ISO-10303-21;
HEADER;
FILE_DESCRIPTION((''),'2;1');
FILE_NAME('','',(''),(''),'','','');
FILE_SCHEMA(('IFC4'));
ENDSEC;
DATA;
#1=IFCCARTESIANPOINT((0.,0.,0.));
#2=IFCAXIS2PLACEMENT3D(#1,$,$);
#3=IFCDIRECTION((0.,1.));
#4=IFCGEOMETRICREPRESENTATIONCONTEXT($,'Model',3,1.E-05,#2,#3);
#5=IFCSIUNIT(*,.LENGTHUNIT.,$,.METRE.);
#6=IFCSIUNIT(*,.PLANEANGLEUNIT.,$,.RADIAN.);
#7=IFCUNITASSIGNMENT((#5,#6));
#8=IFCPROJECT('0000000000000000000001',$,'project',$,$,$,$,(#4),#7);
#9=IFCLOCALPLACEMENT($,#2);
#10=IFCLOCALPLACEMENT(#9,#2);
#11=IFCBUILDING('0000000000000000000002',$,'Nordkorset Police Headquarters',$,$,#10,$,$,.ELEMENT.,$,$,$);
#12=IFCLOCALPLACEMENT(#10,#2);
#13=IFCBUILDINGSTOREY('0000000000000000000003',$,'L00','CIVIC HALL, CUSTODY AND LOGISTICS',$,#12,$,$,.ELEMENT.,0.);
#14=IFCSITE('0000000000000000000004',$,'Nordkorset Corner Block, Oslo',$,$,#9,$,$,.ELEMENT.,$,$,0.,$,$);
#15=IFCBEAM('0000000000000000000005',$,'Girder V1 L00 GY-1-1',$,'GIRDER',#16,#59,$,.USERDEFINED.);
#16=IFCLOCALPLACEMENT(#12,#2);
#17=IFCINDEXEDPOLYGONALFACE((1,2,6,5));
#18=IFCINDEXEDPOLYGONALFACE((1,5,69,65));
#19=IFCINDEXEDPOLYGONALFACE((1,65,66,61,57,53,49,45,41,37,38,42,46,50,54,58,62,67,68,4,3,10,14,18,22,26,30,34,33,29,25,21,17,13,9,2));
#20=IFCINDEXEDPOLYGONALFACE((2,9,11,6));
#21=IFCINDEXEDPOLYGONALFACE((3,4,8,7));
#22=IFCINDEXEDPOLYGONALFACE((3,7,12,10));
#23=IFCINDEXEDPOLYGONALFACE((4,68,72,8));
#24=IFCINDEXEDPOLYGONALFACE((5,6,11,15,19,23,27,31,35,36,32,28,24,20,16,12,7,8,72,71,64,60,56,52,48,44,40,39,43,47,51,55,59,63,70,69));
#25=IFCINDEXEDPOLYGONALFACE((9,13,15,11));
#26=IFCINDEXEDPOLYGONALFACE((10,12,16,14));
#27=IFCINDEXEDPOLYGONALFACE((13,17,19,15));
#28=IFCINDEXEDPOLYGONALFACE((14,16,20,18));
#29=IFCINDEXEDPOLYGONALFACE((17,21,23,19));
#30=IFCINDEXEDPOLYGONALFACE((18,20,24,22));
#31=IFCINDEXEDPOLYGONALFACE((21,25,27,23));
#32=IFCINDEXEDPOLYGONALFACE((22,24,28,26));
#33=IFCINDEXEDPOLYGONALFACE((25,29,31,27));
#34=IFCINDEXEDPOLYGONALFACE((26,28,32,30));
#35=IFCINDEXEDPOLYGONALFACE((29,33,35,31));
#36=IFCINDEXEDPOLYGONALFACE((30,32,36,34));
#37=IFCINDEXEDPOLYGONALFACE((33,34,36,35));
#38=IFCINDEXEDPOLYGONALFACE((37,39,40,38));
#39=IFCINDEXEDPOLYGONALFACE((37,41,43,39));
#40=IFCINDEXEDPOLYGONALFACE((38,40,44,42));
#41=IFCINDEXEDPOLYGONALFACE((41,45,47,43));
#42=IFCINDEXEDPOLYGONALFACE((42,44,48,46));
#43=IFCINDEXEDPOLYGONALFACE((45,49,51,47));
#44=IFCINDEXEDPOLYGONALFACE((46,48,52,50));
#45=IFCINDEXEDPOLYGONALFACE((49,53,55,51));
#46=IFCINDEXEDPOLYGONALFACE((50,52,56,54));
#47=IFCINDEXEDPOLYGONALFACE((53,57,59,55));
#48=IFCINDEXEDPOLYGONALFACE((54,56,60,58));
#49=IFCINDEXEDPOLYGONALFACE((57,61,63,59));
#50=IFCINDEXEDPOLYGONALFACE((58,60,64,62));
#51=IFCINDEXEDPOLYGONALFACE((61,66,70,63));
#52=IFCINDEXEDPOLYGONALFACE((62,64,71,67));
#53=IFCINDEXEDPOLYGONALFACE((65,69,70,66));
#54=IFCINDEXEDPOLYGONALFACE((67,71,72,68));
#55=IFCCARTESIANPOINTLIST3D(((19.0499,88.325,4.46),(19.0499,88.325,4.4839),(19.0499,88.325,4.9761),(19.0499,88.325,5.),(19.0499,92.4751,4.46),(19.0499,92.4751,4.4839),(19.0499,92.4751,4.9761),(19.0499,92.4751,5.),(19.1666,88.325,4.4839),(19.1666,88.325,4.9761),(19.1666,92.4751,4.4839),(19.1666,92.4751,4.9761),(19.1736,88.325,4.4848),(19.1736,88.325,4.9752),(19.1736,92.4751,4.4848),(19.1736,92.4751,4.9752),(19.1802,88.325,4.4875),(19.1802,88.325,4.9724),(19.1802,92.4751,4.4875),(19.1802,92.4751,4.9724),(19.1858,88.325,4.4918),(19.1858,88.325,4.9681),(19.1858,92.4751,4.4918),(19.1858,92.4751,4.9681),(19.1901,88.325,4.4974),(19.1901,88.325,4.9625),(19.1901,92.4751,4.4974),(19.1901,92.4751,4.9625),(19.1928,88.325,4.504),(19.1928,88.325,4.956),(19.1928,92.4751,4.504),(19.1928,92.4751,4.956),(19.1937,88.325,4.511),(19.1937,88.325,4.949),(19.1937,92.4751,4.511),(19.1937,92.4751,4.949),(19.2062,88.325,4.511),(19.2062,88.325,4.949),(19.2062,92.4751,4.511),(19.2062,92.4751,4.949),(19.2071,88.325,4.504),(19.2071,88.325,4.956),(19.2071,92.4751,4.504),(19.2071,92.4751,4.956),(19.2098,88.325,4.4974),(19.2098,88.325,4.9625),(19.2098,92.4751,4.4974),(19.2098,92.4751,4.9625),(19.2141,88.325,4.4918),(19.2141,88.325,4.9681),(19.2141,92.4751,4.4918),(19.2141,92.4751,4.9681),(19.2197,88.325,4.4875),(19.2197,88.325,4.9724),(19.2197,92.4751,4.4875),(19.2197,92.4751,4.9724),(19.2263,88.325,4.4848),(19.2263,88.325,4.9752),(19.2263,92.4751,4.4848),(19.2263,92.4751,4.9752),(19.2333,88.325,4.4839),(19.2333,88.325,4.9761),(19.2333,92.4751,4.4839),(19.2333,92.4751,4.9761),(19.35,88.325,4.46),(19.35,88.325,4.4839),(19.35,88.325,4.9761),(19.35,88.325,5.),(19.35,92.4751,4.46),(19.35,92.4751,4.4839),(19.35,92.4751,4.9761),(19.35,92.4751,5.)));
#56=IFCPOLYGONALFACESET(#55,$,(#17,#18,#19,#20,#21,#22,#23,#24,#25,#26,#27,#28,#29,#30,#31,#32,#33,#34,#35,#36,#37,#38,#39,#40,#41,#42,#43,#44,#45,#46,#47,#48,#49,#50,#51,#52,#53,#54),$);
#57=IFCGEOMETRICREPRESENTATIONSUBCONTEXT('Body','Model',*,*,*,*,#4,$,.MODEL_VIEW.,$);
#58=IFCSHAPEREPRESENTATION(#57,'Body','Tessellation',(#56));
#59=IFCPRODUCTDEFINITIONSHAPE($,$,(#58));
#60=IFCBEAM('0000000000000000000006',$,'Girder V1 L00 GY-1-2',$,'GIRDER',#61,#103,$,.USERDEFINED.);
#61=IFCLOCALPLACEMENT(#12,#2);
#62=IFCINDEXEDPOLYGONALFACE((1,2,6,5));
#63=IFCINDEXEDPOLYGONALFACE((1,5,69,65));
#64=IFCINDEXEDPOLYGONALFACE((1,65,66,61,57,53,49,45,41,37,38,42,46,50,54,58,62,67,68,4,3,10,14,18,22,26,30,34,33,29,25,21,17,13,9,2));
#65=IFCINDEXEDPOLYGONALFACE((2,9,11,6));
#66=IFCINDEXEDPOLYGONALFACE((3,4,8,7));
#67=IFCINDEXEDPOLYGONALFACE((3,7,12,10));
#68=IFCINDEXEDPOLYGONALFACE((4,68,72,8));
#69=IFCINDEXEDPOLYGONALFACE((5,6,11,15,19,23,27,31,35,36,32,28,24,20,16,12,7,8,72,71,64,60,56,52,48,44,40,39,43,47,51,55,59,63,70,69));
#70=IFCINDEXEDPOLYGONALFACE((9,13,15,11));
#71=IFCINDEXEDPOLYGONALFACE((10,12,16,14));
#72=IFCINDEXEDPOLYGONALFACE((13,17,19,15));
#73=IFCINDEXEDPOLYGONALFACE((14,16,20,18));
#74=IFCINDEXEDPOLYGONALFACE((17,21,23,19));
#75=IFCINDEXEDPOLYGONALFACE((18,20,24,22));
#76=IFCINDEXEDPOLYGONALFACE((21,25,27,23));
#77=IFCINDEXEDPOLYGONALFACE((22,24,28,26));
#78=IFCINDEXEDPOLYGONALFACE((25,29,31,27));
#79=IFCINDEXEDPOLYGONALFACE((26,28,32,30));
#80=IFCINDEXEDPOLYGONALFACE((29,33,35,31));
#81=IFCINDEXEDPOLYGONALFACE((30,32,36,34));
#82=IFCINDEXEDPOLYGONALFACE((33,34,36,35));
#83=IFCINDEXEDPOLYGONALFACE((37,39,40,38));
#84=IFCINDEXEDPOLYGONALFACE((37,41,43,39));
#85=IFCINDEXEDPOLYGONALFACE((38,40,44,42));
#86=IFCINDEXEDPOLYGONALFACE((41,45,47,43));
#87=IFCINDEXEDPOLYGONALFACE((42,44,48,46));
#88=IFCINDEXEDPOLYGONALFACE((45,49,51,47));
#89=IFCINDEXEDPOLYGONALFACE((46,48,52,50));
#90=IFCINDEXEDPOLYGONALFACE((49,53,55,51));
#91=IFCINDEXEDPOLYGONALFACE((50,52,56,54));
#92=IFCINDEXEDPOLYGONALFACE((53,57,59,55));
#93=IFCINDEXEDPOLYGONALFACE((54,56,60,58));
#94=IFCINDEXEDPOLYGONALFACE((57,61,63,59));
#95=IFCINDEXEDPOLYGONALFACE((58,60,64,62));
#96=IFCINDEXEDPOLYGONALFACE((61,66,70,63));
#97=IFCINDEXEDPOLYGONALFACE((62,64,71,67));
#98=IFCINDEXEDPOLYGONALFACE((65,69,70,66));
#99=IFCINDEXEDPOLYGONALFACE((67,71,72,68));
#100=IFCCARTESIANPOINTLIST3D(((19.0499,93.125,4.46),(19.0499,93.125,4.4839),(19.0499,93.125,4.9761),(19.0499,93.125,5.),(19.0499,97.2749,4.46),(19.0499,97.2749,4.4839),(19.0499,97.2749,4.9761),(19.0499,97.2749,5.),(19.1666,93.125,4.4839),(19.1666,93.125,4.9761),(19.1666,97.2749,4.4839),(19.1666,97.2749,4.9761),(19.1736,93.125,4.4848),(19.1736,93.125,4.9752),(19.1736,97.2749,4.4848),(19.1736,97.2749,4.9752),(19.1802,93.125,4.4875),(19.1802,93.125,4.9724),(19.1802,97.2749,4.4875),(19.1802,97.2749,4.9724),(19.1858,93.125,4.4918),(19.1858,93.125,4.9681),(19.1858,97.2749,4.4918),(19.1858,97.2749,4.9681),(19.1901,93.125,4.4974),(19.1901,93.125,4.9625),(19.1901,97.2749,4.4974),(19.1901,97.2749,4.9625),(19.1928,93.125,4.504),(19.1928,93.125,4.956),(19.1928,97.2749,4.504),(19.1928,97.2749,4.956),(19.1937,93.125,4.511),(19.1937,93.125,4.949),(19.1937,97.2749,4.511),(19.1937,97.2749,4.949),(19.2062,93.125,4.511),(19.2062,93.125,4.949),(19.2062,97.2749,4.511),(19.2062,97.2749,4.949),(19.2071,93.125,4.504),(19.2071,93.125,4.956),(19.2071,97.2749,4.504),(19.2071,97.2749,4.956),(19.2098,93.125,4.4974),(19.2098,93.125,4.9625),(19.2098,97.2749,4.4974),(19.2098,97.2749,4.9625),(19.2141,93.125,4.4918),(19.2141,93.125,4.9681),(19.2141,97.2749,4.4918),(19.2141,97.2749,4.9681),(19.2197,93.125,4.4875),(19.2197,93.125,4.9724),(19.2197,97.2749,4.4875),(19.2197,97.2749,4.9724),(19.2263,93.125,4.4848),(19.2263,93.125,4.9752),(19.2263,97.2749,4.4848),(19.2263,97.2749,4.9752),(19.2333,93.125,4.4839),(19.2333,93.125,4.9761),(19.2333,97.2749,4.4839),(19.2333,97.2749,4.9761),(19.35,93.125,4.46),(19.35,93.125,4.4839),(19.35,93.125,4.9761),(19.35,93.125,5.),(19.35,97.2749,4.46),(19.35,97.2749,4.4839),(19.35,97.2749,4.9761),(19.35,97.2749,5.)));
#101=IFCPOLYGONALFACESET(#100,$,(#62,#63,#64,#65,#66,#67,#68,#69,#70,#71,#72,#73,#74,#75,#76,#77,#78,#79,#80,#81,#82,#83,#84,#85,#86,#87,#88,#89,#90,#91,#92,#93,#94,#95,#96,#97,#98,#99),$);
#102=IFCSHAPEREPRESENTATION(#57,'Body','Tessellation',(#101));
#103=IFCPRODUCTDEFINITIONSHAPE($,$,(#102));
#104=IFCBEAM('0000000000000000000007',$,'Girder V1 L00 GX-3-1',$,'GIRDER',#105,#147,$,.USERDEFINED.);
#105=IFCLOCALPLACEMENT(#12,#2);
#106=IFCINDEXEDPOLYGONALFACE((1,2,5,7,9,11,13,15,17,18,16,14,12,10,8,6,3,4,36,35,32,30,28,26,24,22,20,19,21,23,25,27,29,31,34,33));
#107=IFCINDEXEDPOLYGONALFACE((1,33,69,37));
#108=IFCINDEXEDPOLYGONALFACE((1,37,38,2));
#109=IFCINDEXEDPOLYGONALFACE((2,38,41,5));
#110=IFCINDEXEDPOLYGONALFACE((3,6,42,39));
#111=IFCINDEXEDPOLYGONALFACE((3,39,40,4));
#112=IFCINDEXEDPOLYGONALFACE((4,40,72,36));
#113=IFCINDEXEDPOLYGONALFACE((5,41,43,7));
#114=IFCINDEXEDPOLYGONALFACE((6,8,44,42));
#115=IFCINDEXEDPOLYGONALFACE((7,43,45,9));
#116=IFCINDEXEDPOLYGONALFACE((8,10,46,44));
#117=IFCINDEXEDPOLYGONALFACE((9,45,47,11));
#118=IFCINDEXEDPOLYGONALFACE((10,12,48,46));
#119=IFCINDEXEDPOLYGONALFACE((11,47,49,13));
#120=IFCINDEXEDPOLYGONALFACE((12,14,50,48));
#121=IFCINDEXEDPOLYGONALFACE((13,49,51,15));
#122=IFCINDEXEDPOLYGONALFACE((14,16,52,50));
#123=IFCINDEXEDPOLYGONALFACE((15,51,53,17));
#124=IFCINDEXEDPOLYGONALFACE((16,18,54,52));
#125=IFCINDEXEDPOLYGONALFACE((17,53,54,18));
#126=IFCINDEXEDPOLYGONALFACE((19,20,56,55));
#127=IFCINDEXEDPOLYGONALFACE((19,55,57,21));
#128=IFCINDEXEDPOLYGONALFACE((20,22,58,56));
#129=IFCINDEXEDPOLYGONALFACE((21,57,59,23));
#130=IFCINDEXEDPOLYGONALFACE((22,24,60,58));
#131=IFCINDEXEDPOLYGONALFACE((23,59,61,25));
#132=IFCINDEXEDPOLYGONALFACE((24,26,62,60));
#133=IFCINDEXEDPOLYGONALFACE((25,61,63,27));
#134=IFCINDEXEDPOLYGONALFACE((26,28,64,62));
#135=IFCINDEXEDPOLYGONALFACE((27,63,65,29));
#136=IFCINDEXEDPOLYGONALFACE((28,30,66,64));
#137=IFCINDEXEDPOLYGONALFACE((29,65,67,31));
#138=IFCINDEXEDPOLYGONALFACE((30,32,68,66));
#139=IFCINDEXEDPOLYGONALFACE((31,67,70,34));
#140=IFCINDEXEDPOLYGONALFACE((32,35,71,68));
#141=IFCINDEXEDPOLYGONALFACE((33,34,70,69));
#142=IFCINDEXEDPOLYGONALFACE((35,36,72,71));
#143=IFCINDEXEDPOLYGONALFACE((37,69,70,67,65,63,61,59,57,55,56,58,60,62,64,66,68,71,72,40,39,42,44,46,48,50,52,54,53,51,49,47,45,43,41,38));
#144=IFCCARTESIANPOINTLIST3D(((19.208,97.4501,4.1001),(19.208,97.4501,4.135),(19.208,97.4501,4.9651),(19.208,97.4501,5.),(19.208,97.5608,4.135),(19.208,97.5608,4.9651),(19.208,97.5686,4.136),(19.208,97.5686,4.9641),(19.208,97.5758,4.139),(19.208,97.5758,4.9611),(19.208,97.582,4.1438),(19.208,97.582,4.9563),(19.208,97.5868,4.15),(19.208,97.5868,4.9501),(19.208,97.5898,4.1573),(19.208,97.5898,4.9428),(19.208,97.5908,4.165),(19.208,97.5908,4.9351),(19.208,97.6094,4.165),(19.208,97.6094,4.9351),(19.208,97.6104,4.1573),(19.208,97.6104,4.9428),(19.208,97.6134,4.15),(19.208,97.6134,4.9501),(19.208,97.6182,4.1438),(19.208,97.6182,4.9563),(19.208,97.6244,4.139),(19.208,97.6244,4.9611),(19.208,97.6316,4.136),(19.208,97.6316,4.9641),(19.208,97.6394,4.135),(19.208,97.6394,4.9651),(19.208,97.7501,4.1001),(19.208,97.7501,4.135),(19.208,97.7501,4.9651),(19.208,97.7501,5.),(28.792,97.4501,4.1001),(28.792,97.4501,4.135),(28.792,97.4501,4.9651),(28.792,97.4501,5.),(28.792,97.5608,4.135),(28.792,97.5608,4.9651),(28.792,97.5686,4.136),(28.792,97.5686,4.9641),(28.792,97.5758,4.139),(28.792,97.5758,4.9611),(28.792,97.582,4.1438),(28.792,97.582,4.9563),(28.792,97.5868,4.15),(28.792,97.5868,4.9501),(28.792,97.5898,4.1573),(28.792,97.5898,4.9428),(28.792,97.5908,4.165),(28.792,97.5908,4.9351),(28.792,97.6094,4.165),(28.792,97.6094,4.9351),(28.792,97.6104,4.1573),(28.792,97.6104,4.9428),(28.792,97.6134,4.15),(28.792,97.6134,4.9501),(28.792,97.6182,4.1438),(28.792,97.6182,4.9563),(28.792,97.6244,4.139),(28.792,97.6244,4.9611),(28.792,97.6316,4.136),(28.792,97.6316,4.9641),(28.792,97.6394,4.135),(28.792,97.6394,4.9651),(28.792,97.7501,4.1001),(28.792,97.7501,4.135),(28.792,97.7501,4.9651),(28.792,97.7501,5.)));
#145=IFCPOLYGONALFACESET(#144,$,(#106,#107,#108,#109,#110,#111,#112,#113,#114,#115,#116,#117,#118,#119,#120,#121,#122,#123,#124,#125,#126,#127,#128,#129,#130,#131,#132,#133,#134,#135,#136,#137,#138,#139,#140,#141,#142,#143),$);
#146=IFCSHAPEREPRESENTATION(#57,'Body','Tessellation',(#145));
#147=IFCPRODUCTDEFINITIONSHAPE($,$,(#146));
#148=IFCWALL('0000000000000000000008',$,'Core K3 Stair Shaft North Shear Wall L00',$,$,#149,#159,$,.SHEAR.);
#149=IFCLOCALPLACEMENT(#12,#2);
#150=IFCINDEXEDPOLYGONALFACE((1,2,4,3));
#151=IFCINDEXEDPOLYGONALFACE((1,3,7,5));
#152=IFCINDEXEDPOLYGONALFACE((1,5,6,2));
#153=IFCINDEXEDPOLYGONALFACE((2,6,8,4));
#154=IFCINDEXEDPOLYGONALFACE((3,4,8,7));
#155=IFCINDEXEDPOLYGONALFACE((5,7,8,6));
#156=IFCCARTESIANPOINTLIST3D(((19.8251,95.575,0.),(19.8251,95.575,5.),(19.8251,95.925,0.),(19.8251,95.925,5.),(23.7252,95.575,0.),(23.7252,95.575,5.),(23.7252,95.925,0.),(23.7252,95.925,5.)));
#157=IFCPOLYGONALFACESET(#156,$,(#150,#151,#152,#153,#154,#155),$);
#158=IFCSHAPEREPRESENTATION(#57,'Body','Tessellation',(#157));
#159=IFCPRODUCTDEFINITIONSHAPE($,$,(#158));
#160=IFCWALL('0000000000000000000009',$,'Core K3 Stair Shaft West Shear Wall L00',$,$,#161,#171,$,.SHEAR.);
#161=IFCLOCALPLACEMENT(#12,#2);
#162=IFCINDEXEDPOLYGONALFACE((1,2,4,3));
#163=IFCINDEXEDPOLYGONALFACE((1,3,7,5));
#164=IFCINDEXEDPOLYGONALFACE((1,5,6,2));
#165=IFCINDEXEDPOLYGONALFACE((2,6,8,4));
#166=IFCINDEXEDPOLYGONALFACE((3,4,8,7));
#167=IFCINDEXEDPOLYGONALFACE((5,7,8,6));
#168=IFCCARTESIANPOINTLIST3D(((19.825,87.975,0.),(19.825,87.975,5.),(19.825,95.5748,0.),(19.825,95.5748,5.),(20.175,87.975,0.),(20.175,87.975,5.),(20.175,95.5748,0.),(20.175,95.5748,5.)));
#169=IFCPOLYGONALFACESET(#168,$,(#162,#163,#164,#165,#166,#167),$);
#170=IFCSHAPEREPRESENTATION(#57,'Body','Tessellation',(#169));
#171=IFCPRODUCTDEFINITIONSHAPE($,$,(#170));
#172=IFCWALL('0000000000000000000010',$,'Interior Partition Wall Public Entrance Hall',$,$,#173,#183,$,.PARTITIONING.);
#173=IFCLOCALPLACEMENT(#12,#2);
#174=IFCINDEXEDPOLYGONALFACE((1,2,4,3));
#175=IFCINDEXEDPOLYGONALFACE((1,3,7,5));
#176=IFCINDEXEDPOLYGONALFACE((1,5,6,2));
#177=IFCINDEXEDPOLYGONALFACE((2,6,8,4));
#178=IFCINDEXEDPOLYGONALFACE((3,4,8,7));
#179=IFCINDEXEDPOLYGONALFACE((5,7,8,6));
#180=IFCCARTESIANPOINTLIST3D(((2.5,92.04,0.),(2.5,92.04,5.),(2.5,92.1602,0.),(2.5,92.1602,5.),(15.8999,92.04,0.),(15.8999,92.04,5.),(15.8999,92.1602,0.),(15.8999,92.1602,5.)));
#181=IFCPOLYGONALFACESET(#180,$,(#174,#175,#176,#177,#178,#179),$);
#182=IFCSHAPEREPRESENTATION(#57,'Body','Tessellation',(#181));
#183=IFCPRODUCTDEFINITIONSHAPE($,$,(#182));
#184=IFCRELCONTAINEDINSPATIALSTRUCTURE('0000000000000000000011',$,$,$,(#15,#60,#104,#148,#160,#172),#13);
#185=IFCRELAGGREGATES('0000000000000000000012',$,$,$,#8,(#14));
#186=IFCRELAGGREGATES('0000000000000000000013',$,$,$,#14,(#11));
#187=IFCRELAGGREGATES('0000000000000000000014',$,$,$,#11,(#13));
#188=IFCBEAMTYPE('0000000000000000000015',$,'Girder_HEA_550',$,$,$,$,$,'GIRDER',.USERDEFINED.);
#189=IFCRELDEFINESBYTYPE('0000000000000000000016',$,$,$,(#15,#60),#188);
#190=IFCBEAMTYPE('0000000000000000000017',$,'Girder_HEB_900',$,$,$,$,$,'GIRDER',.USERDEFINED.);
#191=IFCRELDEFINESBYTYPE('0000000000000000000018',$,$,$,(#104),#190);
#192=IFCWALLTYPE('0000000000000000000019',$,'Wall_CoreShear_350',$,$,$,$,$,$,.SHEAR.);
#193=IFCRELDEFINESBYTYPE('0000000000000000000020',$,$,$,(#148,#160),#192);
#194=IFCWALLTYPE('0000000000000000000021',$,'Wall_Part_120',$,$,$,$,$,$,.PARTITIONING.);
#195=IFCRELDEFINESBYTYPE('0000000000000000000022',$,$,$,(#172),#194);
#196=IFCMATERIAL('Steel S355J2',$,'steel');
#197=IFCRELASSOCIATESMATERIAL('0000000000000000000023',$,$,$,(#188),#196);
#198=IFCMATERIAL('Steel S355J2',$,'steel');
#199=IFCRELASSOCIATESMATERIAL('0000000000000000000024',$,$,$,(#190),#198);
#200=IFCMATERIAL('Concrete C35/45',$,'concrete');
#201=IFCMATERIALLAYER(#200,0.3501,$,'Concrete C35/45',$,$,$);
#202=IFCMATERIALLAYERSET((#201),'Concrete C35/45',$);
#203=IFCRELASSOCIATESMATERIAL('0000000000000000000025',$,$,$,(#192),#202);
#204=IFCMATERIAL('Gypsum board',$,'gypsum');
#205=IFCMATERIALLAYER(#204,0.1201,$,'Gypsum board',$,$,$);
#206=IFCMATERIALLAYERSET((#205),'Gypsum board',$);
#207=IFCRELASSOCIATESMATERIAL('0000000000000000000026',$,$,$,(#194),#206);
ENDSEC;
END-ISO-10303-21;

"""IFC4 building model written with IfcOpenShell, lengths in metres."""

from ifc_helpers import new_model, si_unit, direction, frame, frame_2d, origin, origin_2d, place, context, subcontext, project, spatial, rectangle, i_section, extrude, material, layer, layer_set, material_profile, profile_set, type_object, element, save


model = new_model("IFC4")

# Units and contexts
model_context = context("Model", 3, precision=1e-05, world=origin(), true_north=direction((0.0, 1.0)))
body_context = subcontext(model_context, "Body", "Model", "MODEL_VIEW")
ifc_project = project(units=[si_unit("LENGTHUNIT", "METRE"), si_unit("PLANEANGLEUNIT", "RADIAN")], contexts=[model_context])

# Site, building, storey
site_placement = place(None, origin())
site = spatial("IfcSite", under=ifc_project, at=site_placement, Name="Nordkorset Corner Block, Oslo", CompositionType="ELEMENT", RefElevation=0.0)
building_placement = place(site_placement, origin())
building = spatial("IfcBuilding", under=site, at=building_placement, Name="Nordkorset Police Headquarters", CompositionType="ELEMENT")
storey_placement = place(building_placement, origin())
storey = spatial("IfcBuildingStorey", under=building, at=storey_placement, Name="L00", Description="CIVIC HALL, CUSTODY AND LOGISTICS", CompositionType="ELEMENT", Elevation=0.0)

# Beams
ifc_material_1 = material(Name="Steel S355J2", Category="steel")
ifc_material_profile_1 = material_profile(ifc_material_1, i_section(OverallWidth=0.3, OverallDepth=0.54, WebThickness=0.0125, FlangeThickness=0.0239, FilletRadius=0.0271, at=origin_2d()), Name="HEA 550")
ifc_profile_set_1 = profile_set([ifc_material_profile_1], Name="Steel S355J2")
beam_type_1 = type_object("IfcBeamType", Name="Girder_HEA_550", ElementType="GIRDER", PredefinedType="USERDEFINED", material=ifc_profile_set_1)
beam_1_placement = place(storey_placement, frame((19.2, 88.325, 4.73), z_axis=(0.0, 1.0, 0.0), x_axis=(-1.0, 0.0, 0.0)))
element("IfcBeam", 1, at=beam_1_placement, inside=storey, type_object=beam_type_1, Name="Girder V1 L00 GY-1-1", ObjectType="GIRDER", PredefinedType="USERDEFINED", context=body_context, shape_type="SweptSolid", body=[
    extrude(i_section(OverallWidth=0.3, OverallDepth=0.54, WebThickness=0.0125, FlangeThickness=0.0239, FilletRadius=0.0271, at=origin_2d()), origin(), (0.0, 0.0, 1.0), 4.1501),
])
beam_2_placement = place(storey_placement, frame((19.2, 93.125, 4.73), z_axis=(0.0, 1.0, 0.0), x_axis=(-1.0, 0.0, 0.0)))
element("IfcBeam", 2, at=beam_2_placement, inside=storey, type_object=beam_type_1, Name="Girder V1 L00 GY-1-2", ObjectType="GIRDER", PredefinedType="USERDEFINED", context=body_context, shape_type="SweptSolid", body=[
    extrude(i_section(OverallWidth=0.3, OverallDepth=0.54, WebThickness=0.0125, FlangeThickness=0.0239, FilletRadius=0.0271, at=origin_2d()), origin(), (0.0, 0.0, 1.0), 4.1499),
])
ifc_material_2 = material(Name="Steel S355J2", Category="steel")
ifc_material_profile_2 = material_profile(ifc_material_2, i_section(OverallWidth=0.3, OverallDepth=0.8999, WebThickness=0.0186, FlangeThickness=0.0349, FilletRadius=0.03, at=origin_2d()), Name="HEB 900")
ifc_profile_set_2 = profile_set([ifc_material_profile_2], Name="Steel S355J2")
beam_type_2 = type_object("IfcBeamType", Name="Girder_HEB_900", ElementType="GIRDER", PredefinedType="USERDEFINED", material=ifc_profile_set_2)
beam_3_placement = place(storey_placement, frame((19.208, 97.6001, 4.55), z_axis=(1.0, 0.0, 0.0), x_axis=(0.0, 1.0, 0.0)))
element("IfcBeam", 3, at=beam_3_placement, inside=storey, type_object=beam_type_2, Name="Girder V1 L00 GX-3-1", ObjectType="GIRDER", PredefinedType="USERDEFINED", context=body_context, shape_type="SweptSolid", body=[
    extrude(i_section(OverallWidth=0.3, OverallDepth=0.8999, WebThickness=0.0186, FlangeThickness=0.0349, FilletRadius=0.03, at=origin_2d()), origin(), (0.0, 0.0, 1.0), 9.584),
])

# Shared definitions
ifc_material_3 = material(Name="Concrete C35/45", Category="concrete")
ifc_layer_1 = layer(ifc_material_3, 0.3501, Name="Concrete C35/45")
ifc_layer_set_1 = layer_set([ifc_layer_1], Name="Concrete C35/45")
wall_type_1 = type_object("IfcWallType", Name="Wall_CoreShear_350", PredefinedType="SHEAR", material=ifc_layer_set_1)

# Walls
wall_1_placement = place(storey_placement, frame((19.825, 95.75, 0.0), z_axis=(0.0, 0.0, 1.0), x_axis=(1.0, 0.0, 0.0)))
element("IfcWall", 4, at=wall_1_placement, inside=storey, type_object=wall_type_1, Name="Core K3 Stair Shaft North Shear Wall L00", PredefinedType="SHEAR", context=body_context, shape_type="SweptSolid", body=[
    extrude(rectangle(XDim=3.9001, YDim=0.3501, at=frame_2d((1.9502, 0.0))), origin(), (0.0, 0.0, 1.0), 5.0),
])
wall_2_placement = place(storey_placement, frame((20.0, 87.9751, 0.0), z_axis=(0.0, 0.0, 1.0), x_axis=(0.0, 1.0, 0.0)))
element("IfcWall", 5, at=wall_2_placement, inside=storey, type_object=wall_type_1, Name="Core K3 Stair Shaft West Shear Wall L00", PredefinedType="SHEAR", context=body_context, shape_type="SweptSolid", body=[
    extrude(rectangle(XDim=7.5999, YDim=0.3501, at=frame_2d((3.7998, 0.0))), origin(), (0.0, 0.0, 1.0), 5.0),
])
ifc_material_4 = material(Name="Gypsum board", Category="gypsum")
ifc_layer_2 = layer(ifc_material_4, 0.1201, Name="Gypsum board")
ifc_layer_set_2 = layer_set([ifc_layer_2], Name="Gypsum board")
wall_type_2 = type_object("IfcWallType", Name="Wall_Part_120", PredefinedType="PARTITIONING", material=ifc_layer_set_2)
wall_3_placement = place(storey_placement, frame((2.5, 92.1001, 0.0), z_axis=(0.0, 0.0, 1.0), x_axis=(1.0, 0.0, 0.0)))
element("IfcWall", 6, at=wall_3_placement, inside=storey, type_object=wall_type_2, Name="Interior Partition Wall Public Entrance Hall", PredefinedType="PARTITIONING", context=body_context, shape_type="SweptSolid", body=[
    extrude(rectangle(XDim=13.3999, YDim=0.1201, at=frame_2d((6.7, 0.0))), origin(), (0.0, 0.0, 1.0), 5.0),
])

save(model, "model.ifc")
